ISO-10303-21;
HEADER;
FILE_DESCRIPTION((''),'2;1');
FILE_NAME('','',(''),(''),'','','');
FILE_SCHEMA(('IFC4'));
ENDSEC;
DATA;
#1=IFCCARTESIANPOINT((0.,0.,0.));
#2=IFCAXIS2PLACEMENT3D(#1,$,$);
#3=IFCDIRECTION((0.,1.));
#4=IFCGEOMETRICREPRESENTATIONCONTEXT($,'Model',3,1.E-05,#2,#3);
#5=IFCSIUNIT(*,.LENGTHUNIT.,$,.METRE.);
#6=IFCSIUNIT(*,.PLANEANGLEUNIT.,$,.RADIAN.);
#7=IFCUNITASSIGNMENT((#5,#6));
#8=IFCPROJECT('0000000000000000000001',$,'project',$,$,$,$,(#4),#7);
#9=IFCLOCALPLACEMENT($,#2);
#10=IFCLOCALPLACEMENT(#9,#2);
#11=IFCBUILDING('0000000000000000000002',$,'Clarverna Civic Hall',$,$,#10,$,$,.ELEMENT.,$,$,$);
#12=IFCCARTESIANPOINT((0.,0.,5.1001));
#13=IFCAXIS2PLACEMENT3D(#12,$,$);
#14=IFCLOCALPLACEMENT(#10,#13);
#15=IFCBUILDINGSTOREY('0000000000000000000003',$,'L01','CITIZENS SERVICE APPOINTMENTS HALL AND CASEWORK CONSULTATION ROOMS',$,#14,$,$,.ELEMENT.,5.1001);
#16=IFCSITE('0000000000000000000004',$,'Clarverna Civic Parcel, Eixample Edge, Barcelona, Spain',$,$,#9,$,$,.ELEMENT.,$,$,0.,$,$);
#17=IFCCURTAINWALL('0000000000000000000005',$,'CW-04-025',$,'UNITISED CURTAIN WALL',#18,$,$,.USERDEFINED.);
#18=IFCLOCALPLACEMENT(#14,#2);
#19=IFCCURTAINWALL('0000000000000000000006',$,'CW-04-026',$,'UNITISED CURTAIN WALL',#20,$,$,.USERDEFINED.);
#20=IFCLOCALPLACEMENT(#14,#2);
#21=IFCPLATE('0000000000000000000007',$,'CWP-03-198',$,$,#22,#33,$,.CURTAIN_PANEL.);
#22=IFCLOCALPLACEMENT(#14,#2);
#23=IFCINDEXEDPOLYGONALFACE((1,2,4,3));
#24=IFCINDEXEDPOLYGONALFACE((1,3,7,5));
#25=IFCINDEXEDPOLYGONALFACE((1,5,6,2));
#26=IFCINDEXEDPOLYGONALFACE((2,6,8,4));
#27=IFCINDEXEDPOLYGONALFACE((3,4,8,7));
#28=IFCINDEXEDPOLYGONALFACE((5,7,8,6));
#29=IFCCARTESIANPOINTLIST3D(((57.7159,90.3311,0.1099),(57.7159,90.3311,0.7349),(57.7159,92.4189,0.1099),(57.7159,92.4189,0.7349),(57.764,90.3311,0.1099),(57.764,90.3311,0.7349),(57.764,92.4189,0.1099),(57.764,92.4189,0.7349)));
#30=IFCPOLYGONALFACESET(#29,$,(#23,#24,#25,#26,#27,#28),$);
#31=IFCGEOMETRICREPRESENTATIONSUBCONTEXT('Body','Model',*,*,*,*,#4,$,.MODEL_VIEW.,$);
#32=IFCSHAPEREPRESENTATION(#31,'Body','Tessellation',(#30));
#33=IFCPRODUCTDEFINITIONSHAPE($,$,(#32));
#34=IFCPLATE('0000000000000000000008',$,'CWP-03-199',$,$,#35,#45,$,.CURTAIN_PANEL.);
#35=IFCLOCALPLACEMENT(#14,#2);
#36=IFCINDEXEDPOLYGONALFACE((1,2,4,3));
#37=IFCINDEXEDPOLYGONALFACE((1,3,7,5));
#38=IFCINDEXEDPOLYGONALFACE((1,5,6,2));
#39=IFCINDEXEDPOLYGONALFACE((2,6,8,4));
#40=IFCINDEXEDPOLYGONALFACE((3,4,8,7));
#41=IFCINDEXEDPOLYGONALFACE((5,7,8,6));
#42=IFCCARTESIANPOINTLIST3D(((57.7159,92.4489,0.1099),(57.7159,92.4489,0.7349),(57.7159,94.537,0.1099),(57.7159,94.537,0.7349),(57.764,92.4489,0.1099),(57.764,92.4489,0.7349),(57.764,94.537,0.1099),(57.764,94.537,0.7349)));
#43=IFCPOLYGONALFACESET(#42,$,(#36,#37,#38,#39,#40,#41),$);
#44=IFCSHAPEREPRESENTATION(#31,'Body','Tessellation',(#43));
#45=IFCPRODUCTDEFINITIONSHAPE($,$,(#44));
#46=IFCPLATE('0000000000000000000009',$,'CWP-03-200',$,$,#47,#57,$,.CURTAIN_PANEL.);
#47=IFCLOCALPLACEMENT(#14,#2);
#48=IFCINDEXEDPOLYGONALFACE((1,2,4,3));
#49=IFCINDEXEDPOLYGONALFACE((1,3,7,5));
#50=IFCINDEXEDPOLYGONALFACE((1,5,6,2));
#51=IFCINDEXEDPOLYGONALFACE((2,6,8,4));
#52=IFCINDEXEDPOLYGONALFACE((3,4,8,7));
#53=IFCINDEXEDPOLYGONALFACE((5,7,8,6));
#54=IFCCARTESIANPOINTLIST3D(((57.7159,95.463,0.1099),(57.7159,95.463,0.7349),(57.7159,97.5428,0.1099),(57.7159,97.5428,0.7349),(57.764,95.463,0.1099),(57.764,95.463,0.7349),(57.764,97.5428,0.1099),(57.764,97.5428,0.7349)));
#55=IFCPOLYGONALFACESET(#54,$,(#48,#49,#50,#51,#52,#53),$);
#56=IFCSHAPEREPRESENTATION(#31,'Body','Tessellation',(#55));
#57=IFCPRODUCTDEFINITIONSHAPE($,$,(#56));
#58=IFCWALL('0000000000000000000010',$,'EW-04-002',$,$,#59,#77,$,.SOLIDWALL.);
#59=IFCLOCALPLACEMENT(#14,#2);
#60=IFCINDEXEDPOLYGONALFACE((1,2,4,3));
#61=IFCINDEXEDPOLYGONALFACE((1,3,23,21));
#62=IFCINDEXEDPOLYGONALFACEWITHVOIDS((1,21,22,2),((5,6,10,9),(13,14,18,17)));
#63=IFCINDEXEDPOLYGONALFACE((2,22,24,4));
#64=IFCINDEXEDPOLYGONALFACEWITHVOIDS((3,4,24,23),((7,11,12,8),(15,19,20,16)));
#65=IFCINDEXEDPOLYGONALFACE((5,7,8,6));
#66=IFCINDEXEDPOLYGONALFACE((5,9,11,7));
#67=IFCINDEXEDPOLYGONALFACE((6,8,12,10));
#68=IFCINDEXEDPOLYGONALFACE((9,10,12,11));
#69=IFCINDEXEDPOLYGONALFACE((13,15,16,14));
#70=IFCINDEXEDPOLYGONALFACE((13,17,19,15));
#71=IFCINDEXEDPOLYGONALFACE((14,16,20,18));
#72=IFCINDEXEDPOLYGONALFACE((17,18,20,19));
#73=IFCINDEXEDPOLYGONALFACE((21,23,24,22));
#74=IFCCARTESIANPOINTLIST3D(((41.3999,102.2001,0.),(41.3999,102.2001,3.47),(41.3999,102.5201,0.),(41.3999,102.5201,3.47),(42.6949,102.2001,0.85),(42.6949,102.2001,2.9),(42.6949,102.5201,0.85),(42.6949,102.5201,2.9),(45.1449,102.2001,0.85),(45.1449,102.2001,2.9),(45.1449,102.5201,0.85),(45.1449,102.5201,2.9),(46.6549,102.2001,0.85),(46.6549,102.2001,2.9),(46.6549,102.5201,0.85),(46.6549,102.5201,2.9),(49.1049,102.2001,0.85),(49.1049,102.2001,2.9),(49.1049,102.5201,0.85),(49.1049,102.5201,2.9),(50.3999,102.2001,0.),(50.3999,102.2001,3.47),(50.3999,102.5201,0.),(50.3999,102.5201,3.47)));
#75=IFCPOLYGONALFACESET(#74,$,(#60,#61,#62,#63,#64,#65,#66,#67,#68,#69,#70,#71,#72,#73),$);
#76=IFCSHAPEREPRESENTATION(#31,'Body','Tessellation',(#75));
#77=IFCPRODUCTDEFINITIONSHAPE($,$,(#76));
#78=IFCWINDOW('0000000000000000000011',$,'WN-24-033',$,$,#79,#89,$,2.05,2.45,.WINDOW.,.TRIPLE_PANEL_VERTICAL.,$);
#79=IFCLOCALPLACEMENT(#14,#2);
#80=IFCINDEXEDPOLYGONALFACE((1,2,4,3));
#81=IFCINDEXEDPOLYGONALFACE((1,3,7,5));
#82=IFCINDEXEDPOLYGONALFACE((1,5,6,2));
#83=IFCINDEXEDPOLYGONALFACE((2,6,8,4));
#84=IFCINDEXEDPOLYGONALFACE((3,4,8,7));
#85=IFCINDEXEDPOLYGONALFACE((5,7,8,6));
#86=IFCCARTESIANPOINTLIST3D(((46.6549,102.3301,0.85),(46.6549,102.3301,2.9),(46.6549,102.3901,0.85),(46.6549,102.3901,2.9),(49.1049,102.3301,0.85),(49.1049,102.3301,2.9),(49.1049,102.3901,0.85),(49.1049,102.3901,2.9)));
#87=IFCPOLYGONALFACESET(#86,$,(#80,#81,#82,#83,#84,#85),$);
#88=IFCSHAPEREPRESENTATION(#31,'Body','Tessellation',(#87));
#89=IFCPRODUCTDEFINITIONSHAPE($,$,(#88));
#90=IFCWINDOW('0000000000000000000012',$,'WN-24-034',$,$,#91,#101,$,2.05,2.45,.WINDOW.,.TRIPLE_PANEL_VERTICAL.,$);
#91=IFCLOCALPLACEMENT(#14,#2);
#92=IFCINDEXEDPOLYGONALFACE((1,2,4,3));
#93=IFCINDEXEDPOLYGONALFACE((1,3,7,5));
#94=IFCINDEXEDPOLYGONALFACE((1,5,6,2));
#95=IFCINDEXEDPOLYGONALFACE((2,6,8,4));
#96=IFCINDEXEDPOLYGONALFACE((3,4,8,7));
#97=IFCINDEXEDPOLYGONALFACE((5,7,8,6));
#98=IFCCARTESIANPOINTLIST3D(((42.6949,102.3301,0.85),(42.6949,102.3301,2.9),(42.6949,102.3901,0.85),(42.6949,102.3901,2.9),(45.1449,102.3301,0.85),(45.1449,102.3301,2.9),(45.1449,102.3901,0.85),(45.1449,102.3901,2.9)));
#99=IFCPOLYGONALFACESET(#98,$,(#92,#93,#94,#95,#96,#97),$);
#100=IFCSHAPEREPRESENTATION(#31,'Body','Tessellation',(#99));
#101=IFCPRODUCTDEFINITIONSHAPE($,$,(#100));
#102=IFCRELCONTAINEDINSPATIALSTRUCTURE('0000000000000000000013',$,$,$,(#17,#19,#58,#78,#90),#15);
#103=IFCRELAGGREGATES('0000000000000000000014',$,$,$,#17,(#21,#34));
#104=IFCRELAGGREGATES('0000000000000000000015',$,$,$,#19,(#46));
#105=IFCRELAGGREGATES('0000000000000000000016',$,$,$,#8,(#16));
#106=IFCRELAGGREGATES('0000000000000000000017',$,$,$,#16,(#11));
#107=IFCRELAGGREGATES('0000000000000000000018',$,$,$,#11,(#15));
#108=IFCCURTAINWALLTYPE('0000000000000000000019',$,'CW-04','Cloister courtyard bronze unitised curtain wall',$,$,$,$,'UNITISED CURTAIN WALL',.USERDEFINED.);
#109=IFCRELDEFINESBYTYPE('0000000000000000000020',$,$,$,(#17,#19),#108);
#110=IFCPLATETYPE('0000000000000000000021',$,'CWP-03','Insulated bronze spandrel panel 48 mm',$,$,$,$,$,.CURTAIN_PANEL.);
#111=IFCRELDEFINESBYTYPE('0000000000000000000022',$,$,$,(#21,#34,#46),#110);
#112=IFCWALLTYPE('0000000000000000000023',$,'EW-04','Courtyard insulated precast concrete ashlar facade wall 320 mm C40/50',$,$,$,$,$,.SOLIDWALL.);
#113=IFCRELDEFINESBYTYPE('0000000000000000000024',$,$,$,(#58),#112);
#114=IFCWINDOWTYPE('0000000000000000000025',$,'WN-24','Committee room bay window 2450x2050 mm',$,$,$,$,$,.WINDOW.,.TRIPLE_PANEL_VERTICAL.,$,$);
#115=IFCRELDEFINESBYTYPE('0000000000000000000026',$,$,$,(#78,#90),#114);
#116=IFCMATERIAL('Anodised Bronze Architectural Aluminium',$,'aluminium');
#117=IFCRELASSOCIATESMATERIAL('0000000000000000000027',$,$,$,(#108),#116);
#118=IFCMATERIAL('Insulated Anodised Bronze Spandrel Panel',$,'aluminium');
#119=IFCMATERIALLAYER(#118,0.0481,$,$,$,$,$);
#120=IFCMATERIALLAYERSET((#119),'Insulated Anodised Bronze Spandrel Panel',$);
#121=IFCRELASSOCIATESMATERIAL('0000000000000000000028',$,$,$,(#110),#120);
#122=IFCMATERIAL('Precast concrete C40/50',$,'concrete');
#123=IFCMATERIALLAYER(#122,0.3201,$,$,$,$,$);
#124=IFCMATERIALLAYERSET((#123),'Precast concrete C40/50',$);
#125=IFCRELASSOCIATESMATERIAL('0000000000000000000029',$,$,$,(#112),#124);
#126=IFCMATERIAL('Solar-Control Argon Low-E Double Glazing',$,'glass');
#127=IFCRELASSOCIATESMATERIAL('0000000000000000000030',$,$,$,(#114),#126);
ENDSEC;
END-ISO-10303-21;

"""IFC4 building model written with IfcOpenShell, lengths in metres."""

from ifc_helpers import new_model, si_unit, direction, frame, frame_2d, origin, place, context, subcontext, project, spatial, rectangle, extrude, material, layer, layer_set, type_object, element, fill, aggregate, save


model = new_model("IFC4")

# Units and contexts
model_context = context("Model", 3, precision=1e-05, world=origin(), true_north=direction((0.0, 1.0)))
body_context = subcontext(model_context, "Body", "Model", "MODEL_VIEW")
ifc_project = project(units=[si_unit("LENGTHUNIT", "METRE"), si_unit("PLANEANGLEUNIT", "RADIAN")], contexts=[model_context])

# Site, building, storey
site_placement = place(None, origin())
site = spatial("IfcSite", under=ifc_project, at=site_placement, Name="Clarverna Civic Parcel, Eixample Edge, Barcelona, Spain", CompositionType="ELEMENT", RefElevation=0.0)
building_placement = place(site_placement, origin())
building = spatial("IfcBuilding", under=site, at=building_placement, Name="Clarverna Civic Hall", CompositionType="ELEMENT")
storey_placement = place(building_placement, frame((0.0, 0.0, 5.1001)))
storey = spatial("IfcBuildingStorey", under=building, at=storey_placement, Name="L01", Description="CITIZENS SERVICE APPOINTMENTS HALL AND CASEWORK CONSULTATION ROOMS", CompositionType="ELEMENT", Elevation=5.1001)

# Curtain wall
ifc_material_1 = material(Name="Anodised Bronze Architectural Aluminium", Category="aluminium")
curtain_wall_type = type_object("IfcCurtainWallType", Name="CW-04", Description="Cloister courtyard bronze unitised curtain wall", ElementType="UNITISED CURTAIN WALL", PredefinedType="USERDEFINED", material=ifc_material_1)
curtain_wall_1_placement = place(storey_placement, origin())
curtain_wall_1 = element("IfcCurtainWall", 1, at=curtain_wall_1_placement, inside=storey, type_object=curtain_wall_type, Name="CW-04-025", ObjectType="UNITISED CURTAIN WALL", PredefinedType="USERDEFINED")

# Curtain wall
curtain_wall_2_placement = place(storey_placement, origin())
curtain_wall_2 = element("IfcCurtainWall", 2, at=curtain_wall_2_placement, inside=storey, type_object=curtain_wall_type, Name="CW-04-026", ObjectType="UNITISED CURTAIN WALL", PredefinedType="USERDEFINED")

# Plates
ifc_material_2 = material(Name="Solar-Control Argon Low-E Double Glazing", Category="glass")
ifc_material_3 = material(Name="Insulated Anodised Bronze Spandrel Panel", Category="aluminium")
ifc_layer_1 = layer(ifc_material_3, 0.0481)
ifc_layer_set_1 = layer_set([ifc_layer_1], Name="Insulated Anodised Bronze Spandrel Panel")
plate_type_1 = type_object("IfcPlateType", Name="CWP-03", Description="Insulated bronze spandrel panel 48 mm", PredefinedType="CURTAIN_PANEL", material=ifc_layer_set_1)
plate_1_placement = place(storey_placement, frame((57.74, 90.3311, 0.1099), z_axis=(0.0, 0.0, 1.0), x_axis=(0.0, 1.0, 0.0)))
plate_1 = element("IfcPlate", 3, at=plate_1_placement, type_object=plate_type_1, Name="CWP-03-198", PredefinedType="CURTAIN_PANEL", context=body_context, shape_type="SweptSolid", body=[
    extrude(rectangle(XDim=2.0879, YDim=0.0481, at=frame_2d((1.0439, 0.0))), origin(), (0.0, 0.0, 1.0), 0.625),
])
plate_2_placement = place(storey_placement, frame((57.74, 92.449, 0.1099), z_axis=(0.0, 0.0, 1.0), x_axis=(0.0, 1.0, 0.0)))
plate_2 = element("IfcPlate", 4, at=plate_2_placement, type_object=plate_type_1, Name="CWP-03-199", PredefinedType="CURTAIN_PANEL", context=body_context, shape_type="SweptSolid", body=[
    extrude(rectangle(XDim=2.0881, YDim=0.0481, at=frame_2d((1.0439, 0.0))), origin(), (0.0, 0.0, 1.0), 0.625),
])
aggregate(curtain_wall_1, [plate_1, plate_2])
plate_3_placement = place(storey_placement, frame((57.74, 95.4629, 0.1099), z_axis=(0.0, 0.0, 1.0), x_axis=(0.0, 1.0, 0.0)))
plate_3 = element("IfcPlate", 5, at=plate_3_placement, type_object=plate_type_1, Name="CWP-03-200", PredefinedType="CURTAIN_PANEL", context=body_context, shape_type="SweptSolid", body=[
    extrude(rectangle(XDim=2.0798, YDim=0.0481, at=frame_2d((1.04, 0.0))), origin(), (0.0, 0.0, 1.0), 0.625),
])
aggregate(curtain_wall_2, [plate_3])

# Wall, openings, windows
ifc_material_4 = material(Name="Precast concrete C40/50", Category="concrete")
ifc_layer_2 = layer(ifc_material_4, 0.3201)
ifc_layer_set_2 = layer_set([ifc_layer_2], Name="Precast concrete C40/50")
wall_type = type_object("IfcWallType", Name="EW-04", Description="Courtyard insulated precast concrete ashlar facade wall 320 mm C40/50", PredefinedType="SOLIDWALL", material=ifc_layer_set_2)
wall_placement = place(storey_placement, frame((50.3999, 102.3601, 0.0), z_axis=(0.0, 0.0, 1.0), x_axis=(-1.0, 0.0, 0.0)))
wall = element("IfcWall", 6, at=wall_placement, inside=storey, type_object=wall_type, Name="EW-04-002", PredefinedType="SOLIDWALL", context=body_context, shape_type="SweptSolid", body=[
    extrude(rectangle(XDim=9.0, YDim=0.3201, at=frame_2d((4.5, 0.0))), origin(), (0.0, 0.0, 1.0), 3.47),
])
opening_1_placement = place(wall_placement, frame((1.2949, 0.0, 0.8501)))
opening_1 = element("IfcOpeningElement", 7, at=opening_1_placement, cuts=wall, PredefinedType="OPENING", context=body_context, shape_type="SweptSolid", body=[
    extrude(rectangle(XDim=2.45, YDim=2.05, at=frame_2d((1.2251, 1.0249))), frame((0.0, 0.1699, 0.0), z_axis=(0.0, -1.0, 0.0), x_axis=(1.0, 0.0, 0.0)), (0.0, 0.0, 1.0), 0.3401),
])
opening_2_placement = place(wall_placement, frame((5.2549, 0.0, 0.8501)))
opening_2 = element("IfcOpeningElement", 8, at=opening_2_placement, cuts=wall, PredefinedType="OPENING", context=body_context, shape_type="SweptSolid", body=[
    extrude(rectangle(XDim=2.45, YDim=2.05, at=frame_2d((1.2251, 1.0249))), frame((0.0, 0.1699, 0.0), z_axis=(0.0, -1.0, 0.0), x_axis=(1.0, 0.0, 0.0)), (0.0, 0.0, 1.0), 0.3401),
])
window_type = type_object("IfcWindowType", Name="WN-24", Description="Committee room bay window 2450x2050 mm", PartitioningType="TRIPLE_PANEL_VERTICAL", PredefinedType="WINDOW", material=ifc_material_2)
window_1_placement = place(opening_1_placement, origin())
window_1 = element("IfcWindow", 9, at=window_1_placement, inside=storey, type_object=window_type, Name="WN-24-033", OverallHeight=2.05, OverallWidth=2.45, PartitioningType="TRIPLE_PANEL_VERTICAL", PredefinedType="WINDOW", context=body_context, shape_type="SweptSolid", body=[
    extrude(rectangle(XDim=2.45, YDim=2.05, at=frame_2d((1.2251, 1.0249))), frame((0.0, 0.03, 0.0), z_axis=(0.0, -1.0, 0.0), x_axis=(1.0, 0.0, 0.0)), (0.0, 0.0, 1.0), 0.0601),
])
fill(opening_1, window_1)
window_2_placement = place(opening_2_placement, origin())
window_2 = element("IfcWindow", 10, at=window_2_placement, inside=storey, type_object=window_type, Name="WN-24-034", OverallHeight=2.05, OverallWidth=2.45, PartitioningType="TRIPLE_PANEL_VERTICAL", PredefinedType="WINDOW", context=body_context, shape_type="SweptSolid", body=[
    extrude(rectangle(XDim=2.45, YDim=2.05, at=frame_2d((1.2251, 1.0249))), frame((0.0, 0.03, 0.0), z_axis=(0.0, -1.0, 0.0), x_axis=(1.0, 0.0, 0.0)), (0.0, 0.0, 1.0), 0.0601),
])
fill(opening_2, window_2)

save(model, "model.ifc")
